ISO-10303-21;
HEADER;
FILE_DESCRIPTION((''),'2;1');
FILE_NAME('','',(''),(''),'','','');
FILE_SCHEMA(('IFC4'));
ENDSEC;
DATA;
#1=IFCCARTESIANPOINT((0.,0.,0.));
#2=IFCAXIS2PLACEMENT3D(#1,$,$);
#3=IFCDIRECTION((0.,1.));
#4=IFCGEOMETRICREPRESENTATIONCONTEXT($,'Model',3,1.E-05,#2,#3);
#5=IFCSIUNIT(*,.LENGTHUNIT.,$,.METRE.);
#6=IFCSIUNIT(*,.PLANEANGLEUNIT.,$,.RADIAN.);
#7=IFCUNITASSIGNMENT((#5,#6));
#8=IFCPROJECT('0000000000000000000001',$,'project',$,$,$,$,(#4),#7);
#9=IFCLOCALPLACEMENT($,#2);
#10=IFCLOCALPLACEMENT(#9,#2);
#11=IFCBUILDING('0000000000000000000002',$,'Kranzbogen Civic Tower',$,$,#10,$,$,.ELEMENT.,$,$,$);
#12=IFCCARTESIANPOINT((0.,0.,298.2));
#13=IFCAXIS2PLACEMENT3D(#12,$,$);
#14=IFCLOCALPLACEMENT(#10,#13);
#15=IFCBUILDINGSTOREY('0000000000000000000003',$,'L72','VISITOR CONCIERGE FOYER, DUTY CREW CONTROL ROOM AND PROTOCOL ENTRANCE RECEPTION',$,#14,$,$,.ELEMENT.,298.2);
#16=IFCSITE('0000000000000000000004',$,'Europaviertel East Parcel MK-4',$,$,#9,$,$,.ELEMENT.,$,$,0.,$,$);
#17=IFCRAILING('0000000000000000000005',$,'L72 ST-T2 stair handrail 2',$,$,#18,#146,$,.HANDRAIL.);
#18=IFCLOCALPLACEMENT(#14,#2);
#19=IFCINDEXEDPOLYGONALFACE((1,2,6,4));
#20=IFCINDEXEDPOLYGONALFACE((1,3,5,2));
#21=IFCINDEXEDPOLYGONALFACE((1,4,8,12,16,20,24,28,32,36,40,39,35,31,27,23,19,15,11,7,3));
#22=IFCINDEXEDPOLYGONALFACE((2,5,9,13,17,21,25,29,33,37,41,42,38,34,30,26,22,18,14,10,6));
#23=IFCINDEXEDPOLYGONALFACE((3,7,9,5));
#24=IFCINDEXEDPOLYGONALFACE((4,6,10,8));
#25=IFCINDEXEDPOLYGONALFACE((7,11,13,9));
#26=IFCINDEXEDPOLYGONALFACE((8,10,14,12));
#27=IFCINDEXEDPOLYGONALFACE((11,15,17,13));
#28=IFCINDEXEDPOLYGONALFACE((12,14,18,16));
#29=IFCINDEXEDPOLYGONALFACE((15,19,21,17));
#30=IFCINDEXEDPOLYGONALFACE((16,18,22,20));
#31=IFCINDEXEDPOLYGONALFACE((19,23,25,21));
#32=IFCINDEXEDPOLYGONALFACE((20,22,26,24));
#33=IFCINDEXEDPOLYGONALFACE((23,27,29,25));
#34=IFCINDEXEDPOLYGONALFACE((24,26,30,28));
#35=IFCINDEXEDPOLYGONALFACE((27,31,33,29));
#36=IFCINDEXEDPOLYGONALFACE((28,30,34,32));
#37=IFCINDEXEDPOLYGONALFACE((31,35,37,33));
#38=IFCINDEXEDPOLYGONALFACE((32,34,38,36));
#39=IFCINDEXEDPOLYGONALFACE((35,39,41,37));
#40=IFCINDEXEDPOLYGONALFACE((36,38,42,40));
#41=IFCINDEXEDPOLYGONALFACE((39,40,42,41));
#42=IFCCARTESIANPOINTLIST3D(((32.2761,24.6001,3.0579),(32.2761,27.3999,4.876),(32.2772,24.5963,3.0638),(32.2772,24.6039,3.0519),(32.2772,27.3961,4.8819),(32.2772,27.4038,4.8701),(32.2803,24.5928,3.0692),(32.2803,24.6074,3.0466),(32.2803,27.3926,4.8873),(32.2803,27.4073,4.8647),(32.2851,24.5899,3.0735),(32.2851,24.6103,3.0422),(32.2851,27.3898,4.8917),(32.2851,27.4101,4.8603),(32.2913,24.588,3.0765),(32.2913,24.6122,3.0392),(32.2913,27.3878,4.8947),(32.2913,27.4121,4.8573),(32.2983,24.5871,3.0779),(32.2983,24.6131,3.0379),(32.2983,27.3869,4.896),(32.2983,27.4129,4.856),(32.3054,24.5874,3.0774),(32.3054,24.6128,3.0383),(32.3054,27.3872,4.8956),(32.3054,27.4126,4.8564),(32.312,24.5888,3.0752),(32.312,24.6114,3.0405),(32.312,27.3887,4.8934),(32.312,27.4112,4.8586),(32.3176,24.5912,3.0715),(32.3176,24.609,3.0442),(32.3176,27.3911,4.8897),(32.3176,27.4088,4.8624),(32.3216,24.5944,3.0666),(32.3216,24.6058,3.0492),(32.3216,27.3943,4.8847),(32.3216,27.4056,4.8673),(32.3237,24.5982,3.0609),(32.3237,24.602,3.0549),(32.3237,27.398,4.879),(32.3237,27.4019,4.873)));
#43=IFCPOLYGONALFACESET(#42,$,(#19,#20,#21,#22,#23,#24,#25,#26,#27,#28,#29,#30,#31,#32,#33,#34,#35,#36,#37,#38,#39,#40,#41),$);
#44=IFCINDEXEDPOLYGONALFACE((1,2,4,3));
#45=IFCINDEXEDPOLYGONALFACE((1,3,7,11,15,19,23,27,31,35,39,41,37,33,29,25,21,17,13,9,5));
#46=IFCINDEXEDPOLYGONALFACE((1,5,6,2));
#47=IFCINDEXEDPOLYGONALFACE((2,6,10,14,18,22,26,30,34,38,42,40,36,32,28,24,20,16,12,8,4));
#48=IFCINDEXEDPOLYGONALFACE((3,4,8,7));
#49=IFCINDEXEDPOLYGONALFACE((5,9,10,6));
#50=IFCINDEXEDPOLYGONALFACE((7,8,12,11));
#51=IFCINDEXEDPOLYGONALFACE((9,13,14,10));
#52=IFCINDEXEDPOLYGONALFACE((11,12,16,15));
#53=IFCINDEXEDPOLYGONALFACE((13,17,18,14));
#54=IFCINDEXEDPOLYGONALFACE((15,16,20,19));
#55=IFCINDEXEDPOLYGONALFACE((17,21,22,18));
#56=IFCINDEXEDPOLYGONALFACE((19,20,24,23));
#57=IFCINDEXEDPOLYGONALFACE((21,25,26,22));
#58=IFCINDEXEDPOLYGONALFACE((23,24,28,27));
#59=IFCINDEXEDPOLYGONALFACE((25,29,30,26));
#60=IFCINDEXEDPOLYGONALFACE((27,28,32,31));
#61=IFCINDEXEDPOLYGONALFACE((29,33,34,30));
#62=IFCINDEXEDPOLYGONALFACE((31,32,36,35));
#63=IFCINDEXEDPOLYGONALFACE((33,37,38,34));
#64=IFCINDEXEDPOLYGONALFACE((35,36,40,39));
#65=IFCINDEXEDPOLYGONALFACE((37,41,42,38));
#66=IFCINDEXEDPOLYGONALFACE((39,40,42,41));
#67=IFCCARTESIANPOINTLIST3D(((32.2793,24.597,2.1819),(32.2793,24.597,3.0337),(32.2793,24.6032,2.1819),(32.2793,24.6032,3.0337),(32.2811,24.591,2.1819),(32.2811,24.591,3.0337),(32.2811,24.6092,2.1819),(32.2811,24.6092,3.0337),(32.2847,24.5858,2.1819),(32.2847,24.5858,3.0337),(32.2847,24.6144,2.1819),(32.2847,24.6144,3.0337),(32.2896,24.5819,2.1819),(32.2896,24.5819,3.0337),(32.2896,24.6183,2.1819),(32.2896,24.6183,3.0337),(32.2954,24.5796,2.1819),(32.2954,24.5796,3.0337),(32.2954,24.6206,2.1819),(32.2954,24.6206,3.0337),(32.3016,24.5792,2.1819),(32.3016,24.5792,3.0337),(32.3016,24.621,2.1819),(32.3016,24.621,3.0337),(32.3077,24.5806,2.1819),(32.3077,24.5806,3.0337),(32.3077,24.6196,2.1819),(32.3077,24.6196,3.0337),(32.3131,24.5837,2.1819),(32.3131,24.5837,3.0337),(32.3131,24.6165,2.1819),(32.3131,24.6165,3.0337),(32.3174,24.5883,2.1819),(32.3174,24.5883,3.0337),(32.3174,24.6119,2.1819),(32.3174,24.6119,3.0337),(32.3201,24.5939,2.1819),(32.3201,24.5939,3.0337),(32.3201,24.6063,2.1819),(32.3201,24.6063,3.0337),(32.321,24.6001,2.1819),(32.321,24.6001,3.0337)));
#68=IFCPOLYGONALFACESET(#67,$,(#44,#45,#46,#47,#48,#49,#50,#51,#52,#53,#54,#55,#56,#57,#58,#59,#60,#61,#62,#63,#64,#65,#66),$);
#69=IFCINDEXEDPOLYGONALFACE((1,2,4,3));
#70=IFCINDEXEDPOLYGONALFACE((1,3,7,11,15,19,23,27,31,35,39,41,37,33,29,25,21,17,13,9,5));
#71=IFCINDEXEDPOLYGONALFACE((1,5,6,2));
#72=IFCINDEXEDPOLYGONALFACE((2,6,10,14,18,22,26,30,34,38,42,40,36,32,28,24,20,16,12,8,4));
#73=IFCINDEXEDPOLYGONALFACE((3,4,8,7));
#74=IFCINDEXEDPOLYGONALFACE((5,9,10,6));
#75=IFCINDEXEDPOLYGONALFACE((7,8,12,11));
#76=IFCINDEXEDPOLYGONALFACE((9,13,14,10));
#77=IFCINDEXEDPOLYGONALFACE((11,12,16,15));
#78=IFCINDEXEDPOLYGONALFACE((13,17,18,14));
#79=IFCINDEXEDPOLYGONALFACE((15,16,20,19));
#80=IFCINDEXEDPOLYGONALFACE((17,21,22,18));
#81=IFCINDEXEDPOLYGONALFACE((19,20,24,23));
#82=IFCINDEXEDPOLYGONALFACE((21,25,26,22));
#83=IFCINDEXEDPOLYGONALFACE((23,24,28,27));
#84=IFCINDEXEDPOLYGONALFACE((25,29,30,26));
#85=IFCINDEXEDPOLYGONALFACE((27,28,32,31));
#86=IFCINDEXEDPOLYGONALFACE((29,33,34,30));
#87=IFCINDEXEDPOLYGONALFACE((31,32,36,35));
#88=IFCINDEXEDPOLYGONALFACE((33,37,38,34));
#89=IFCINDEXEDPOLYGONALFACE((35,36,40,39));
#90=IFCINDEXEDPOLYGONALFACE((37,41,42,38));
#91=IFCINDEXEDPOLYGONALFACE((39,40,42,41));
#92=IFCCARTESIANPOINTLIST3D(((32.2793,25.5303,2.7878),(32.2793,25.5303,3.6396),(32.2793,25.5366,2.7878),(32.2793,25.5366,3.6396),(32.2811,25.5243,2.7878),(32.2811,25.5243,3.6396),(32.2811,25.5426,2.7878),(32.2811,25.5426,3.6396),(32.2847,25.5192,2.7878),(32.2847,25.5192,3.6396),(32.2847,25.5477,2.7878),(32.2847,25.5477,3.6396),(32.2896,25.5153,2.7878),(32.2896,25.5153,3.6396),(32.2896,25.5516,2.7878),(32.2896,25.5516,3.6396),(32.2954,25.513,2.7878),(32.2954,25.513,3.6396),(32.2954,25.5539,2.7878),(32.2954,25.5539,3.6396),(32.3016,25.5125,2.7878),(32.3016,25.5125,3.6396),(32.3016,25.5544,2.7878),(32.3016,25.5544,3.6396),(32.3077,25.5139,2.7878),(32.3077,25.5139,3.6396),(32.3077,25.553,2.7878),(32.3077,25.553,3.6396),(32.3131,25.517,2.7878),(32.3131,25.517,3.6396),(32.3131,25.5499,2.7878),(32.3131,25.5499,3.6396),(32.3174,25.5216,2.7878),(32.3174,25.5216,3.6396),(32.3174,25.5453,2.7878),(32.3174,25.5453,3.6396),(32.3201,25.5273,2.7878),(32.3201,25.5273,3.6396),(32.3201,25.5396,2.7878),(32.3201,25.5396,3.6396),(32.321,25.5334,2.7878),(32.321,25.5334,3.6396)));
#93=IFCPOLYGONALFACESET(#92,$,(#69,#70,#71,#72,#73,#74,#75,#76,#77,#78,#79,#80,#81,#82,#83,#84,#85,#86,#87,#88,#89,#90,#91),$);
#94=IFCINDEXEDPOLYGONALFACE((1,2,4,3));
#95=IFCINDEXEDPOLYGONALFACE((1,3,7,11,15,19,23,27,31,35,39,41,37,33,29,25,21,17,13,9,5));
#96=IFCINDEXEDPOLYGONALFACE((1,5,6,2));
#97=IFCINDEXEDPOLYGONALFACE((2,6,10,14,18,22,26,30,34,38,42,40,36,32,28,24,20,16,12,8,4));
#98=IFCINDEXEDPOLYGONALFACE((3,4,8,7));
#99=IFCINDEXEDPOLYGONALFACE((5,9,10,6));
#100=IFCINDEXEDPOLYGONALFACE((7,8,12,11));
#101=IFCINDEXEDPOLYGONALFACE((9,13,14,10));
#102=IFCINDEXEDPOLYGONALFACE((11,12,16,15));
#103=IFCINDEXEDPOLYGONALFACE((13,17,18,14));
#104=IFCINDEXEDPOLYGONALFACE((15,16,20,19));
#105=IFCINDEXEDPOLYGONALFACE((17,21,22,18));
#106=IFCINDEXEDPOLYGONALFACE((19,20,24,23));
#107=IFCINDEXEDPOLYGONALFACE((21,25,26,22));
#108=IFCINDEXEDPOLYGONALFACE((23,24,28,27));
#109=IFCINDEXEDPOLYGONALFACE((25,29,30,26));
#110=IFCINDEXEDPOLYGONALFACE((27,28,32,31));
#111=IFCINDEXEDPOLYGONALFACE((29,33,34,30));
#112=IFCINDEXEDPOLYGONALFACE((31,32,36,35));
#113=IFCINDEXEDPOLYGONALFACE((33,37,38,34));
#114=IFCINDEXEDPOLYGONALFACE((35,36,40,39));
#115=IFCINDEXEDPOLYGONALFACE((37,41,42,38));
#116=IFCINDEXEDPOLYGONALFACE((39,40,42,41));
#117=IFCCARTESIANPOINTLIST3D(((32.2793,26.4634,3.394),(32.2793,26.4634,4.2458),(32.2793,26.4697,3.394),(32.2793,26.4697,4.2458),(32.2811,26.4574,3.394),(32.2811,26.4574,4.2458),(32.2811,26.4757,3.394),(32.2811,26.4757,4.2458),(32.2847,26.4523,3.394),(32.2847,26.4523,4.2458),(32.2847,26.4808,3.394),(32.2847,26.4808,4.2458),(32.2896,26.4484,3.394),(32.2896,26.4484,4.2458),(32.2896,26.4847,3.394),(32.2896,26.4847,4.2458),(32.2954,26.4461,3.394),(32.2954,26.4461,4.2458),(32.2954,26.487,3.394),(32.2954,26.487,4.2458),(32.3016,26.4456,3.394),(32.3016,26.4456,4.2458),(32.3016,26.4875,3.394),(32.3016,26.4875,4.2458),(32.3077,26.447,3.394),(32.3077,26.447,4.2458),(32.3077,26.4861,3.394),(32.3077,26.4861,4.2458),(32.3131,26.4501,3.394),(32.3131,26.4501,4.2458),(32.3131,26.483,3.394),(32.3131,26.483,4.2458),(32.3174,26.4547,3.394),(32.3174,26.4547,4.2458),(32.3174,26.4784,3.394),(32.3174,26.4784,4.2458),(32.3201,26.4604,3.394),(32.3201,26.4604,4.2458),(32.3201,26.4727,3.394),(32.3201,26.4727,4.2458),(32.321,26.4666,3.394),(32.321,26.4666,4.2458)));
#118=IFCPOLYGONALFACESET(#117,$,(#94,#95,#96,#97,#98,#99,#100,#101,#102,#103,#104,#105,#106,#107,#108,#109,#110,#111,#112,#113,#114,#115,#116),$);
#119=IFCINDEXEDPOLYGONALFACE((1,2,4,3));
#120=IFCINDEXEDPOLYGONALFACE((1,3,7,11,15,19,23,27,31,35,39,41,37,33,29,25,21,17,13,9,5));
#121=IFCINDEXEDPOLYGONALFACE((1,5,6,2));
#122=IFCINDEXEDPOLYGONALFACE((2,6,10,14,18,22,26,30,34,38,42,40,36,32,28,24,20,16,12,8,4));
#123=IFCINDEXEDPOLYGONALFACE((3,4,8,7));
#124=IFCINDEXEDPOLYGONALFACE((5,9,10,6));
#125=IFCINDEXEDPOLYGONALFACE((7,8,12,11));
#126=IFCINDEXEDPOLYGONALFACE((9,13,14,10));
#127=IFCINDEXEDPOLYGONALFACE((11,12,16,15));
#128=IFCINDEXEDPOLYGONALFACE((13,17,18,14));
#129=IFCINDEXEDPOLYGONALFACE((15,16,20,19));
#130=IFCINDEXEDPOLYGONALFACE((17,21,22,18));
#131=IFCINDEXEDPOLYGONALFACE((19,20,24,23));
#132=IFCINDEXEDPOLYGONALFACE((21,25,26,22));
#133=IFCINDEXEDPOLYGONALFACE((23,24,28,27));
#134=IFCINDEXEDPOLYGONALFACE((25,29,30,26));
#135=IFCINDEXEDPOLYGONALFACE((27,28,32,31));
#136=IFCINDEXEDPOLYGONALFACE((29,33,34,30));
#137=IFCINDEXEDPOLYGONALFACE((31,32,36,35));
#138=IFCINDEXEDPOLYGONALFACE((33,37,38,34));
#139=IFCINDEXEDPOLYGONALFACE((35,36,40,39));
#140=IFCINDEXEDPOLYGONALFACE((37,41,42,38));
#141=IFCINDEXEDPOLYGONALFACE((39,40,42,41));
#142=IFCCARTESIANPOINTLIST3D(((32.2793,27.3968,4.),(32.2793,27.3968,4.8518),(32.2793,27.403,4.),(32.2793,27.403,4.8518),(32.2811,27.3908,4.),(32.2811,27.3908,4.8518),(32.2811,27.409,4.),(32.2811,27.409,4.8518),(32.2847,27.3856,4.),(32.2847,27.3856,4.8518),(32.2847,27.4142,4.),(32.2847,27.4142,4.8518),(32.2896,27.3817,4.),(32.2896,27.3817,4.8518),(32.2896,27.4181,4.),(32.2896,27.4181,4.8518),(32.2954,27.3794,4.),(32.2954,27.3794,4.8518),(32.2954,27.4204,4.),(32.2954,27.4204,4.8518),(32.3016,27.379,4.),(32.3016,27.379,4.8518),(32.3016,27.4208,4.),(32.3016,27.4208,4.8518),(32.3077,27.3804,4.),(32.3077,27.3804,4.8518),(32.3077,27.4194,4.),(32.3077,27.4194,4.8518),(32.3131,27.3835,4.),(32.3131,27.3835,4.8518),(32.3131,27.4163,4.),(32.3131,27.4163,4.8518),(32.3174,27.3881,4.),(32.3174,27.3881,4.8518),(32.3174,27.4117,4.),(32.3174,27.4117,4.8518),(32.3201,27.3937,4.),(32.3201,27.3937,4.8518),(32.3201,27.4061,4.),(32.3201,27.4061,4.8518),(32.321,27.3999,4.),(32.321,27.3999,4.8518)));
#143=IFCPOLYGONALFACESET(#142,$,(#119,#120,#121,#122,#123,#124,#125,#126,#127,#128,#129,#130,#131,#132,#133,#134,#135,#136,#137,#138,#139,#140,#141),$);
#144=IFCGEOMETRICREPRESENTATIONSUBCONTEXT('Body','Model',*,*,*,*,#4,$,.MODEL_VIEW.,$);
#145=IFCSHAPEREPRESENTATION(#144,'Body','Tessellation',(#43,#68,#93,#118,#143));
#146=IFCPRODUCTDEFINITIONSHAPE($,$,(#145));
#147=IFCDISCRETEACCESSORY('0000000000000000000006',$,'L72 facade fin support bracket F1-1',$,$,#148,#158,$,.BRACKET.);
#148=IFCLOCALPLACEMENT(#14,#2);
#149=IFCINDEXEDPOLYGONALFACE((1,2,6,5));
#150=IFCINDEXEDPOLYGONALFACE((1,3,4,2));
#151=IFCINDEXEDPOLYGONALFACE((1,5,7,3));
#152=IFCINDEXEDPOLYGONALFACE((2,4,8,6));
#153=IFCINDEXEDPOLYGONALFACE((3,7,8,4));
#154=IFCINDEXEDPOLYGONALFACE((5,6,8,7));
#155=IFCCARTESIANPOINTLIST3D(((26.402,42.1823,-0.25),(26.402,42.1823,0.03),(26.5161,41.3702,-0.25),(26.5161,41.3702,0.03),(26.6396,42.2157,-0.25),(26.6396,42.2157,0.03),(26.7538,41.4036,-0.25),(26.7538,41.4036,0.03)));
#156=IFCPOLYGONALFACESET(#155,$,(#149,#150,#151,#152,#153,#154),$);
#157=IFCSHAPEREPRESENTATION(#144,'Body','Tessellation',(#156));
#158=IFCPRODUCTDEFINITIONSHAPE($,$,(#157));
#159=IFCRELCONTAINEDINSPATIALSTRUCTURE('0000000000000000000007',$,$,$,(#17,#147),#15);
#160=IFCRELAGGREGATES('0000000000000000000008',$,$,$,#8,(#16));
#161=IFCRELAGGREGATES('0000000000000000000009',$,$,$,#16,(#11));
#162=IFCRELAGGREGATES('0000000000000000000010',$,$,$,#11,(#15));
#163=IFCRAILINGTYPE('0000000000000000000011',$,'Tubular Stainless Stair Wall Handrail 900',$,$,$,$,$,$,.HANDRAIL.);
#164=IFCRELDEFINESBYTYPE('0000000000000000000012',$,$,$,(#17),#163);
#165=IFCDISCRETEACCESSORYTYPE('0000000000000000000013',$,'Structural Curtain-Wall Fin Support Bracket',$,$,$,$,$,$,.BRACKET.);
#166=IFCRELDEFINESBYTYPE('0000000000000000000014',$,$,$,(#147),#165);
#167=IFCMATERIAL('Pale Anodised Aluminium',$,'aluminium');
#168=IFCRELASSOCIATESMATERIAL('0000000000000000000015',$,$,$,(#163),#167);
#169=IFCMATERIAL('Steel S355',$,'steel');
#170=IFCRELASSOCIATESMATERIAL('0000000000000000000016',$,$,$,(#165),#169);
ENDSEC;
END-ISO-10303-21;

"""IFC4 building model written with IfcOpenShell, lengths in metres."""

from ifc_helpers import new_model, si_unit, direction, frame, origin, origin_2d, place, context, subcontext, project, spatial, rectangle, circle, extrude, material, type_object, element, save


model = new_model("IFC4")

# Units and contexts
model_context = context("Model", 3, precision=1e-05, world=origin(), true_north=direction((0.0, 1.0)))
body_context = subcontext(model_context, "Body", "Model", "MODEL_VIEW")
ifc_project = project(units=[si_unit("LENGTHUNIT", "METRE"), si_unit("PLANEANGLEUNIT", "RADIAN")], contexts=[model_context])

# Site, building, storey
site_placement = place(None, origin())
site = spatial("IfcSite", under=ifc_project, at=site_placement, Name="Europaviertel East Parcel MK-4", CompositionType="ELEMENT", RefElevation=0.0)
building_placement = place(site_placement, origin())
building = spatial("IfcBuilding", under=site, at=building_placement, Name="Kranzbogen Civic Tower", CompositionType="ELEMENT")
storey_placement = place(building_placement, frame((0.0, 0.0, 298.2)))
storey = spatial("IfcBuildingStorey", under=building, at=storey_placement, Name="L72", Description="VISITOR CONCIERGE FOYER, DUTY CREW CONTROL ROOM AND PROTOCOL ENTRANCE RECEPTION", CompositionType="ELEMENT", Elevation=298.2)

# Shared definitions
ifc_material_1 = material(Name="Steel S355", Category="steel")

# Shared definitions
ifc_material_2 = material(Name="Pale Anodised Aluminium", Category="aluminium")

# Railing
railing_type_1 = type_object("IfcRailingType", Name="Tubular Stainless Stair Wall Handrail 900", PredefinedType="HANDRAIL", material=ifc_material_2)
railing_1_placement = place(storey_placement, frame((32.3, 24.6001, 2.1819)))
element("IfcRailing", 1, at=railing_1_placement, inside=storey, type_object=railing_type_1, Name="L72 ST-T2 stair handrail 2", PredefinedType="HANDRAIL", context=body_context, shape_type="SweptSolid", body=[
    extrude(circle(Radius=0.0239, at=origin_2d()), frame((0.0, 0.0, 0.876), z_axis=(0.0, 0.838684, 0.544618), x_axis=(-1.0, 0.0, 0.0)), (0.0, 0.0, 1.0), 3.3384),
    extrude(circle(Radius=0.021, at=origin_2d()), origin(), (0.0, 0.0, 1.0), 0.8518),
    extrude(circle(Radius=0.021, at=origin_2d()), frame((0.0, 0.9333, 0.606)), (0.0, 0.0, 1.0), 0.8518),
    extrude(circle(Radius=0.021, at=origin_2d()), frame((0.0, 1.8665, 1.2122)), (0.0, 0.0, 1.0), 0.8518),
    extrude(circle(Radius=0.021, at=origin_2d()), frame((0.0, 2.7998, 1.8181)), (0.0, 0.0, 1.0), 0.8518),
])

# Discrete accessory
discrete_accessory_type = type_object("IfcDiscreteAccessoryType", Name="Structural Curtain-Wall Fin Support Bracket", PredefinedType="BRACKET", material=ifc_material_1)
discrete_accessory_placement = place(storey_placement, frame((26.5779, 41.793, -0.25), z_axis=(0.0, 0.0, 1.0), x_axis=(-0.139173, 0.990268, 0.0)))
element("IfcDiscreteAccessory", 2, at=discrete_accessory_placement, inside=storey, type_object=discrete_accessory_type, Name="L72 facade fin support bracket F1-1", PredefinedType="BRACKET", context=body_context, shape_type="SweptSolid", body=[
    extrude(rectangle(XDim=0.8201, YDim=0.24, at=origin_2d()), origin(), (0.0, 0.0, 1.0), 0.28),
])

save(model, "model.ifc")
